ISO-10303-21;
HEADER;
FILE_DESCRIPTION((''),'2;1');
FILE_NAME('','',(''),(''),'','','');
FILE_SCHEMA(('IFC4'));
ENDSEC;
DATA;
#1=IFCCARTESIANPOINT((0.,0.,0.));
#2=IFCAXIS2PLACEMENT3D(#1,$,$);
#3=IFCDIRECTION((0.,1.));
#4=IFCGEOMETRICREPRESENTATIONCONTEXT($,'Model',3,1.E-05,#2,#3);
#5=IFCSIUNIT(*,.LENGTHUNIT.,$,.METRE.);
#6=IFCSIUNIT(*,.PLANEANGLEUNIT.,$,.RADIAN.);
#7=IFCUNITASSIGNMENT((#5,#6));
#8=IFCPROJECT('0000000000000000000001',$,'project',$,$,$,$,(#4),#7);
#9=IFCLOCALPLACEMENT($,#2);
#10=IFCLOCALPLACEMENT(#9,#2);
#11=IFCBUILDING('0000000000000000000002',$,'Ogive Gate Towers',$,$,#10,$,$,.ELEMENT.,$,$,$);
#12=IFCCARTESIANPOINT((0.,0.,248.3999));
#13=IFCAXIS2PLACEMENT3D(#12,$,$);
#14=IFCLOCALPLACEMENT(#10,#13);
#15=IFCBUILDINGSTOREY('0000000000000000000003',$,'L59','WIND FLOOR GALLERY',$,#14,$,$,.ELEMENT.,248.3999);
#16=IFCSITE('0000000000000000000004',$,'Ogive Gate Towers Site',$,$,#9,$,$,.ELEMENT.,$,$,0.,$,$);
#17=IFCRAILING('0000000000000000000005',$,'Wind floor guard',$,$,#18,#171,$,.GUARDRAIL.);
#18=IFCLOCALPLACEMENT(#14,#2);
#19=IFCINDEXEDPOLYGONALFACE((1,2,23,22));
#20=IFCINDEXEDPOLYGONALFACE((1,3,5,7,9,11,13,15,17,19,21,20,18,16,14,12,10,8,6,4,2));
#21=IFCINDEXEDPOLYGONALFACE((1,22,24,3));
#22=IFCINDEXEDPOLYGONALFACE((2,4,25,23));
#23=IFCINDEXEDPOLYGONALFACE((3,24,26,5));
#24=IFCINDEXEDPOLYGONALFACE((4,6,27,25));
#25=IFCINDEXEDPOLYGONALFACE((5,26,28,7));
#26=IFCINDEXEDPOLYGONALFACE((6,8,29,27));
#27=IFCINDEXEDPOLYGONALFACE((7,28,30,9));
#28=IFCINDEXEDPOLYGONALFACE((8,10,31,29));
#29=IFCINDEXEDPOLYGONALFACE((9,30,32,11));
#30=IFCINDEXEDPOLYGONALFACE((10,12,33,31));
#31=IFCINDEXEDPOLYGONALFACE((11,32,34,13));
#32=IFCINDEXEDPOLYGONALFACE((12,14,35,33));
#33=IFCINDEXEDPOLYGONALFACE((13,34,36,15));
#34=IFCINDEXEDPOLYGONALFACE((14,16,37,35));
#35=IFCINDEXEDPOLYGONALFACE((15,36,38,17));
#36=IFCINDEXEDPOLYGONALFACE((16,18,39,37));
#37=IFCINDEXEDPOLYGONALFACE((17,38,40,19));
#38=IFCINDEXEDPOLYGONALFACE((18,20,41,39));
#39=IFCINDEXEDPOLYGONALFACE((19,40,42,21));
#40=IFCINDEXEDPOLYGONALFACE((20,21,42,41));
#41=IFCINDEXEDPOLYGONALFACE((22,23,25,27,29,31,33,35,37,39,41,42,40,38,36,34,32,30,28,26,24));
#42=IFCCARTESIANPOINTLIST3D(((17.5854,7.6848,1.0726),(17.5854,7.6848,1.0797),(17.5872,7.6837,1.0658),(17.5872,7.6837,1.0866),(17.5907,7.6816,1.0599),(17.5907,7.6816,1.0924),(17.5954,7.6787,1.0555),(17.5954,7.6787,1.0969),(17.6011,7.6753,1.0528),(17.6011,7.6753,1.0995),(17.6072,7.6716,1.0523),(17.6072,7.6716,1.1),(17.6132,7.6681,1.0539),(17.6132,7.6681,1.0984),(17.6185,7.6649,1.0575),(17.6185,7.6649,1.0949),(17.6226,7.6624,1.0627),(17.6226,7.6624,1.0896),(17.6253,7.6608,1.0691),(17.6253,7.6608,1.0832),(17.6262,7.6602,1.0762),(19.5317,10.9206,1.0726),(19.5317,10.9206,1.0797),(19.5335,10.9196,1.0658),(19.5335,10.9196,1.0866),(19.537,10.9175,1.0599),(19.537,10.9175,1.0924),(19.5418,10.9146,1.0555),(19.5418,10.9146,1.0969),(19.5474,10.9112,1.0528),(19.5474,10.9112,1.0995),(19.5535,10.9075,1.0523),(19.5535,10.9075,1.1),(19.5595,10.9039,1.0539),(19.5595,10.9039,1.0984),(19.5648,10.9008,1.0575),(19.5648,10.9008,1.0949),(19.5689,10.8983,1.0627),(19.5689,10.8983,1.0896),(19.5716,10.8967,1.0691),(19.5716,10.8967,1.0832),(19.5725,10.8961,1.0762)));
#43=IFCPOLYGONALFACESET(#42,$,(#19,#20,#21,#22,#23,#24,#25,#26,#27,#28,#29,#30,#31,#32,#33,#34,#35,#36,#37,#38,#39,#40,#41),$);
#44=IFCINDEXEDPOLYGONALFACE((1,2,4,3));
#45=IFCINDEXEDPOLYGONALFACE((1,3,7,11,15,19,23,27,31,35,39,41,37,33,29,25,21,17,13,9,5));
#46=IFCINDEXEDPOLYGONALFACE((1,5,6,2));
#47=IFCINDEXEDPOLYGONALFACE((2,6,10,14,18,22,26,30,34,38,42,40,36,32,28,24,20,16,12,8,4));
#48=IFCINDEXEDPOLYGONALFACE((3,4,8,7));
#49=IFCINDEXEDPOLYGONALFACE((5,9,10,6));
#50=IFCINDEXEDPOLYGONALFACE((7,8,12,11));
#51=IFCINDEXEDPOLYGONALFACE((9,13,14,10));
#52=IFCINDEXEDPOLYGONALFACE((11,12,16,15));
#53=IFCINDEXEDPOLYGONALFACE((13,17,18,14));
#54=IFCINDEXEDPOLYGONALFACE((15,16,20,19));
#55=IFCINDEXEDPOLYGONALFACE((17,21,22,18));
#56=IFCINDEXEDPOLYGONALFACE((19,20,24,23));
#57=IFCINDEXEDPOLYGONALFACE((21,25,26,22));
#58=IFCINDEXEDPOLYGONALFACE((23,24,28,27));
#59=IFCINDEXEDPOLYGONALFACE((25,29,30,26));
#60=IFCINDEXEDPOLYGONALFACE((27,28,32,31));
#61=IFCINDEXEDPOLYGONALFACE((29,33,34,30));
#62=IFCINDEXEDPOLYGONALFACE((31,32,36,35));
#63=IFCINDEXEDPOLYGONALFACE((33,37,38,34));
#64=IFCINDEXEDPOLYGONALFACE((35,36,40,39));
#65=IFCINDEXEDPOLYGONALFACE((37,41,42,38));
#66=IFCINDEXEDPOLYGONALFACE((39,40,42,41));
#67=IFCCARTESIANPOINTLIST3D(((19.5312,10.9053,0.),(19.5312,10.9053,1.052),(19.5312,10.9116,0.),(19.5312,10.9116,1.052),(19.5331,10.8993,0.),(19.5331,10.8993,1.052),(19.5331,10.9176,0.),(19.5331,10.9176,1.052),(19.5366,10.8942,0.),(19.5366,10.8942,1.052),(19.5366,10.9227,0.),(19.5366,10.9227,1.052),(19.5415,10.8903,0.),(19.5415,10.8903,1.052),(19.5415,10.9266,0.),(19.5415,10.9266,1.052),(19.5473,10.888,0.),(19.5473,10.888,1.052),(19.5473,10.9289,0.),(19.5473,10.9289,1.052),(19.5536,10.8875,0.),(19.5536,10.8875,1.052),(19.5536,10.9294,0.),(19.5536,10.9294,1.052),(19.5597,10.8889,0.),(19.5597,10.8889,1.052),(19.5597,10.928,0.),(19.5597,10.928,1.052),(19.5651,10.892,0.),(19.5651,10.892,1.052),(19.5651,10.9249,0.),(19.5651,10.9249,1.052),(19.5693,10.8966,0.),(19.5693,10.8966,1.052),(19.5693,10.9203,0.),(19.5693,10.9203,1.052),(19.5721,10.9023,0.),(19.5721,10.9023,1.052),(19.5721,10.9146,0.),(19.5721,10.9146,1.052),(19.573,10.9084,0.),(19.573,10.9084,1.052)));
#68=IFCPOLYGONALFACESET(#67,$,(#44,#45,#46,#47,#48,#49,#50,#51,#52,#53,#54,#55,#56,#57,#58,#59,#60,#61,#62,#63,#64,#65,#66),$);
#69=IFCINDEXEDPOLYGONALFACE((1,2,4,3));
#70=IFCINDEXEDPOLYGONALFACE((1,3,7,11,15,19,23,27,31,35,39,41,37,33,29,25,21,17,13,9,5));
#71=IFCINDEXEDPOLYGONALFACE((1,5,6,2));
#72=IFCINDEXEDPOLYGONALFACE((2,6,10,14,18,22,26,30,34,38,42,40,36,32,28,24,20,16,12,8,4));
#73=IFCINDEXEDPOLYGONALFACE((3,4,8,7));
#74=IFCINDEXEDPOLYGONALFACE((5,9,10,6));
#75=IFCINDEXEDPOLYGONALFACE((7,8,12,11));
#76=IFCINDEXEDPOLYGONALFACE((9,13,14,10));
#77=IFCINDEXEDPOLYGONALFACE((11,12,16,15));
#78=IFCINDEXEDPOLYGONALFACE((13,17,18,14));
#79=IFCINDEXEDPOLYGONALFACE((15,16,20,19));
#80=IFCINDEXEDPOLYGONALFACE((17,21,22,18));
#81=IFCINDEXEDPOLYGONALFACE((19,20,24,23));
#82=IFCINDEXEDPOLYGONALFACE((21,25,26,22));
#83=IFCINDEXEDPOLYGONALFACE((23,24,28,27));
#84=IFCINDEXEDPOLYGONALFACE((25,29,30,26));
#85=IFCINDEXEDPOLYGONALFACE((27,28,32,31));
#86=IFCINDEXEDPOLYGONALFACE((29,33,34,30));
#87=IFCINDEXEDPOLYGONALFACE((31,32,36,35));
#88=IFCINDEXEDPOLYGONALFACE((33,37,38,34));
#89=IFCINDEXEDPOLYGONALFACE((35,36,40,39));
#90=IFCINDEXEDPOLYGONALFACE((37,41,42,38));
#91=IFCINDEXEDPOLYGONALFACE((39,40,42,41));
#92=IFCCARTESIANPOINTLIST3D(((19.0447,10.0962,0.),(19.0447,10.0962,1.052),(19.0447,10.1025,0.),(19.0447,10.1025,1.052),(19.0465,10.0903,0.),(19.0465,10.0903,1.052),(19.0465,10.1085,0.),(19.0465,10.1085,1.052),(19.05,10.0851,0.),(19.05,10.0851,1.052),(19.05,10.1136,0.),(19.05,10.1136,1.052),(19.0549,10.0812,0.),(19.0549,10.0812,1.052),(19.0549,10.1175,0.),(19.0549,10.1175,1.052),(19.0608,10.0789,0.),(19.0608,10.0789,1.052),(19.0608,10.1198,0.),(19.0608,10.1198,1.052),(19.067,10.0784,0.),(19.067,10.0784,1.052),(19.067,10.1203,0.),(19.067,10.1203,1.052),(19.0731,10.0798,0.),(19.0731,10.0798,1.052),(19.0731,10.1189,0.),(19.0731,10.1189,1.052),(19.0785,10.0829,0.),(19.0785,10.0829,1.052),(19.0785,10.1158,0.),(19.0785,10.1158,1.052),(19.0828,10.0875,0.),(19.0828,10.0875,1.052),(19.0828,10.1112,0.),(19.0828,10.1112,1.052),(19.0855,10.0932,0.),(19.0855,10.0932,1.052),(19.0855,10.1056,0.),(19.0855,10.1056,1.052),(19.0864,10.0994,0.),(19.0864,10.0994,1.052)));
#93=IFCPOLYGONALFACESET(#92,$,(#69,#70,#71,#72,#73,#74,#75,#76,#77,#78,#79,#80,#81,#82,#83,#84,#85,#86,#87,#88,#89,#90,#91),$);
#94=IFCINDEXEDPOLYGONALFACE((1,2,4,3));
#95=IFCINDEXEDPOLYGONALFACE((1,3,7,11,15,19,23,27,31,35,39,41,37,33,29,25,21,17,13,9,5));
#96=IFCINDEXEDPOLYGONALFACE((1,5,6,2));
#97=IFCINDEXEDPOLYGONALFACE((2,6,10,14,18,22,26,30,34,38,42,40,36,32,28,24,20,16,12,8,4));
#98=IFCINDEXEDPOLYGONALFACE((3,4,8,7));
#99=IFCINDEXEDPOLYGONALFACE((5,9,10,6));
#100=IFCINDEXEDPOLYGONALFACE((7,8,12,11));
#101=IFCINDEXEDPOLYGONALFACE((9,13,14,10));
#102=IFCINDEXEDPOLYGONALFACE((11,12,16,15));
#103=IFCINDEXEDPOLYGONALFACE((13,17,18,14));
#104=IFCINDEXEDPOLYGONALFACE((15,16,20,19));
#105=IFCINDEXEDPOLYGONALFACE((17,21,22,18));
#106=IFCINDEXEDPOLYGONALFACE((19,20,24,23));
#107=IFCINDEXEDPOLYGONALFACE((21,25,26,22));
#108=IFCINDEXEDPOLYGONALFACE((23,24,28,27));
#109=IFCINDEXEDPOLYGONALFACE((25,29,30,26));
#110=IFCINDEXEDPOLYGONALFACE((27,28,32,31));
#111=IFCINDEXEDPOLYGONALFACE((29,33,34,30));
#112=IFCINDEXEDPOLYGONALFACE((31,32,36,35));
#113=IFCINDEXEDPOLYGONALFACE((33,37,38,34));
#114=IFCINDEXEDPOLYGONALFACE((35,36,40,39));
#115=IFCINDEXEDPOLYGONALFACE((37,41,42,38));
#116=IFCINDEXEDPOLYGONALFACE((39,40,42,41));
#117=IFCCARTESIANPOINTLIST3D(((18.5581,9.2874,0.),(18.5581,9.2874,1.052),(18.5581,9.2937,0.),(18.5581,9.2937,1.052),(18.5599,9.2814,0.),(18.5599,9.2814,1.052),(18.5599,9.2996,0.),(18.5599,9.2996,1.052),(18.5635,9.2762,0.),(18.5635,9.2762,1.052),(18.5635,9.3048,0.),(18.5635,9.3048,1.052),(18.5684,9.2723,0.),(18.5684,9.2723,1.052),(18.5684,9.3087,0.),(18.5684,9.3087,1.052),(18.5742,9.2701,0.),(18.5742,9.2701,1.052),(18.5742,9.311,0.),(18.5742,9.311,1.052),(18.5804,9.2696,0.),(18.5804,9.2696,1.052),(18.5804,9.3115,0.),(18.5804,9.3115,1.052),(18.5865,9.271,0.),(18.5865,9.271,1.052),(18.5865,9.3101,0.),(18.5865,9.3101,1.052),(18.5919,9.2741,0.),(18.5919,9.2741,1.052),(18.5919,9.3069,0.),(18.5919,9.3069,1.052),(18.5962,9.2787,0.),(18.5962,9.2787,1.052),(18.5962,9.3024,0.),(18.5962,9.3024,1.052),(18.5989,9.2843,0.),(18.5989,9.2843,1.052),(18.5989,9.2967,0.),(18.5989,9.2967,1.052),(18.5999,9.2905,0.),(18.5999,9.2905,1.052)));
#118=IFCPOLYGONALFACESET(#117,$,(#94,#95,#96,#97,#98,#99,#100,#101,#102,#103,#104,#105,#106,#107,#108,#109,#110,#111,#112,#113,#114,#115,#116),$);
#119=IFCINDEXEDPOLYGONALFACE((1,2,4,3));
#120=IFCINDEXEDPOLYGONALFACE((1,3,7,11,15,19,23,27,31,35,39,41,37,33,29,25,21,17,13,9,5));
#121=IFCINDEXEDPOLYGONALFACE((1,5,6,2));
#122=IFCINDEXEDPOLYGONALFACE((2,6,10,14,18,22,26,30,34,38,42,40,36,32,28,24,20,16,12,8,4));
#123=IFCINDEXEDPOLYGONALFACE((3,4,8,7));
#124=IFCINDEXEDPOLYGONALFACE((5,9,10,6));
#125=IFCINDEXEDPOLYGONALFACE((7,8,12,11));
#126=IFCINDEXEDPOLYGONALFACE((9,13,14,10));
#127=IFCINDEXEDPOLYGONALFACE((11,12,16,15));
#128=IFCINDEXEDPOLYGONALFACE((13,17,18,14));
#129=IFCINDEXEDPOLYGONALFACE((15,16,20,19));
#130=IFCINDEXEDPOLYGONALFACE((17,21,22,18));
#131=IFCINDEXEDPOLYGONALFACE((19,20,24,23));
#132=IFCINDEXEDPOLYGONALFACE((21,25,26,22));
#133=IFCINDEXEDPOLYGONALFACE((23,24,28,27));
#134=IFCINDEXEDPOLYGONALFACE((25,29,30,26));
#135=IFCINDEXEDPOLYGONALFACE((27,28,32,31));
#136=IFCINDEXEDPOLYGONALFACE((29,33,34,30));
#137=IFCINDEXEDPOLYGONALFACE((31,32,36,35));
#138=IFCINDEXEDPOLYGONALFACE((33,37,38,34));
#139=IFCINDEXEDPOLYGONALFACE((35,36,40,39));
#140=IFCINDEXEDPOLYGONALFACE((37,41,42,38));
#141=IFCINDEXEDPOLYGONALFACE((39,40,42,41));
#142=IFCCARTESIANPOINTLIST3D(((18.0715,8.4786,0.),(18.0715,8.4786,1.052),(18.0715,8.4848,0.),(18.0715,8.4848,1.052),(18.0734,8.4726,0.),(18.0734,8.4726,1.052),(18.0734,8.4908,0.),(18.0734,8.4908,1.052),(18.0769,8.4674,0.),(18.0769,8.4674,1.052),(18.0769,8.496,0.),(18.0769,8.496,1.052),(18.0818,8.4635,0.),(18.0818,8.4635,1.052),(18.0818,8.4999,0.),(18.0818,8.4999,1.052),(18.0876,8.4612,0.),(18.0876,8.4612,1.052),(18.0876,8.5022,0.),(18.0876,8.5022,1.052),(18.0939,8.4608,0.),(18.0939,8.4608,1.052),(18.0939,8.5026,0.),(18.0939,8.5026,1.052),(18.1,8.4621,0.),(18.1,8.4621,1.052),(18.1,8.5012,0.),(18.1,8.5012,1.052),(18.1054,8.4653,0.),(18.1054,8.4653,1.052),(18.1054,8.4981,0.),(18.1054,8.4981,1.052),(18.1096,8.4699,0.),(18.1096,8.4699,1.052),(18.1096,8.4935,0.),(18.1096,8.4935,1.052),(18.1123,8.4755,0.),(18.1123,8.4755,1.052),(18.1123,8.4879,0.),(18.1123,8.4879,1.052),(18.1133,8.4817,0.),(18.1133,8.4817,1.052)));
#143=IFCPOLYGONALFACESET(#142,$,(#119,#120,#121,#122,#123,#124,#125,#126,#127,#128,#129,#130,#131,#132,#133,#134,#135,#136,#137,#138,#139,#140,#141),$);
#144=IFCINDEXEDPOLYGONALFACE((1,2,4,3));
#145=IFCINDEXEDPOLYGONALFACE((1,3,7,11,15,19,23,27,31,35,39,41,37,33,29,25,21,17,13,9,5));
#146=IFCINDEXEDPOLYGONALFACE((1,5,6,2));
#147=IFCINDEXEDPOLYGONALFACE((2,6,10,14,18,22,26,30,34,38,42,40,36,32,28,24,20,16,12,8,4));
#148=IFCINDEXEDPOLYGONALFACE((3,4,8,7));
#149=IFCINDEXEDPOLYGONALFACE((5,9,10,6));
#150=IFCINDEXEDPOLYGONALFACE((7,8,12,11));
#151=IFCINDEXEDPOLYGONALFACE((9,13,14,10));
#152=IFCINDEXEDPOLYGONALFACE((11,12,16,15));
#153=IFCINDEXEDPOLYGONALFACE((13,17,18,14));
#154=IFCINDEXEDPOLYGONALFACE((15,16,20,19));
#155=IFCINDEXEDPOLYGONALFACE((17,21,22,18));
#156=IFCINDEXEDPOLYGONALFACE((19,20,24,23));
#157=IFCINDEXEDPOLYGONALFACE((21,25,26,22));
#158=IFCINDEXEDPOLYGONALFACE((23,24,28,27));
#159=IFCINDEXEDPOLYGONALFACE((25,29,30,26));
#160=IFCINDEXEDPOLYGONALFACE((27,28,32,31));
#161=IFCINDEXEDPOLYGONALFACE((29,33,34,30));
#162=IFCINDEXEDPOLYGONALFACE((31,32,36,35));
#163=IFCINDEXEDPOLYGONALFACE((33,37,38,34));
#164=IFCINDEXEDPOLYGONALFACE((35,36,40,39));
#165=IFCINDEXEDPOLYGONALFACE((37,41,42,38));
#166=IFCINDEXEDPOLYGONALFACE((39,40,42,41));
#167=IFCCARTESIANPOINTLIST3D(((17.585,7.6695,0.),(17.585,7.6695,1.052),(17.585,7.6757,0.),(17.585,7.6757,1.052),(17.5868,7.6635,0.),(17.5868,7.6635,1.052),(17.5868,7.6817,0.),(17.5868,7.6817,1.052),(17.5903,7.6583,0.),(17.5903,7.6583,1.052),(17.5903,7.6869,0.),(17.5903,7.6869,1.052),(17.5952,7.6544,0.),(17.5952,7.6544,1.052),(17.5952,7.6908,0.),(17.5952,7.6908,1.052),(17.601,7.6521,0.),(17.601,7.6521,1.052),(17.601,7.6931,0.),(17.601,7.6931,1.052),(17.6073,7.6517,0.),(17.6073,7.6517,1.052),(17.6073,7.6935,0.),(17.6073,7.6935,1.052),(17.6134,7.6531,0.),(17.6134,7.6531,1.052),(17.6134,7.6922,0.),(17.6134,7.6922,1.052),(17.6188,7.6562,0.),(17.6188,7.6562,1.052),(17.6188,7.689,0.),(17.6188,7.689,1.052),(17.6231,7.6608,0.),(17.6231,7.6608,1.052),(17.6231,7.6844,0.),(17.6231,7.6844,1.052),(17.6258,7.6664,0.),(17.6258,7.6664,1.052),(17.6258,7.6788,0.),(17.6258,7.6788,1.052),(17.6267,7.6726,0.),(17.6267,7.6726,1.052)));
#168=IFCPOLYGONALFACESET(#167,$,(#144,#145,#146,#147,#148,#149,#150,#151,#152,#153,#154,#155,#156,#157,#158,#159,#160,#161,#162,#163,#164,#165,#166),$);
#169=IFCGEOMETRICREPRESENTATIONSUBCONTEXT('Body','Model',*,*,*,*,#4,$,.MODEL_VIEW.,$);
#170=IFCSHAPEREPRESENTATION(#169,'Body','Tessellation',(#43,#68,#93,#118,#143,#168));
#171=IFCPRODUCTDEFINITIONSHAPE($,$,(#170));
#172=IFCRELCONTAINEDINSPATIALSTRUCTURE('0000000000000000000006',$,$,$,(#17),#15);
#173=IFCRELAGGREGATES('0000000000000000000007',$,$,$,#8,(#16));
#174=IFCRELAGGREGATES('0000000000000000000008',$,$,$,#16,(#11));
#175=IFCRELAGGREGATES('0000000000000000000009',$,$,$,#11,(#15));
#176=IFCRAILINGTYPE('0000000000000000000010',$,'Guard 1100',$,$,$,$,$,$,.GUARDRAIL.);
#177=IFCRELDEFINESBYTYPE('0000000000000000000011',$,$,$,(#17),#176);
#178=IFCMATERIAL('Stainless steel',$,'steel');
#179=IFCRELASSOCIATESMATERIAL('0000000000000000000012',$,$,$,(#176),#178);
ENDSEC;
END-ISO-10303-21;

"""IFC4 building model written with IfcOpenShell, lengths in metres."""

from ifc_helpers import new_model, si_unit, direction, frame, origin, origin_2d, place, context, subcontext, project, spatial, circle, extrude, material, type_object, element, save


model = new_model("IFC4")

# Units and contexts
model_context = context("Model", 3, precision=1e-05, world=origin(), true_north=direction((0.0, 1.0)))
body_context = subcontext(model_context, "Body", "Model", "MODEL_VIEW")
ifc_project = project(units=[si_unit("LENGTHUNIT", "METRE"), si_unit("PLANEANGLEUNIT", "RADIAN")], contexts=[model_context])

# Site, building, storey
site_placement = place(None, origin())
site = spatial("IfcSite", under=ifc_project, at=site_placement, Name="Ogive Gate Towers Site", CompositionType="ELEMENT", RefElevation=0.0)
building_placement = place(site_placement, origin())
building = spatial("IfcBuilding", under=site, at=building_placement, Name="Ogive Gate Towers", CompositionType="ELEMENT")
storey_placement = place(building_placement, frame((0.0, 0.0, 248.3999)))
storey = spatial("IfcBuildingStorey", under=building, at=storey_placement, Name="L59", Description="WIND FLOOR GALLERY", CompositionType="ELEMENT", Elevation=248.3999)

# Railing
ifc_material_1 = material(Name="Stainless steel", Category="steel")
railing_type_1 = type_object("IfcRailingType", Name="Guard 1100", PredefinedType="GUARDRAIL", material=ifc_material_1)
railing_1_placement = place(storey_placement, frame((19.552, 10.9084, 0.0)))
element("IfcRailing", 1, at=railing_1_placement, inside=storey, type_object=railing_type_1, Name="Wind floor guard", PredefinedType="GUARDRAIL", context=body_context, shape_type="SweptSolid", body=[
    extrude(circle(Radius=0.0239, at=origin_2d()), frame((0.0, 0.0, 1.0762), z_axis=(-0.515427, -0.856933, 0.0), x_axis=(0.856933, -0.515427, 0.0)), (0.0, 0.0, 1.0), 3.7761),
    extrude(circle(Radius=0.021, at=origin_2d()), origin(), (0.0, 0.0, 1.0), 1.052),
    extrude(circle(Radius=0.021, at=origin_2d()), frame((-0.4866, -0.8091, 0.0)), (0.0, 0.0, 1.0), 1.052),
    extrude(circle(Radius=0.021, at=origin_2d()), frame((-0.9731, -1.6179, 0.0)), (0.0, 0.0, 1.0), 1.052),
    extrude(circle(Radius=0.021, at=origin_2d()), frame((-1.4597, -2.4268, 0.0)), (0.0, 0.0, 1.0), 1.052),
    extrude(circle(Radius=0.021, at=origin_2d()), frame((-1.9463, -3.2358, 0.0)), (0.0, 0.0, 1.0), 1.052),
])

save(model, "model.ifc")
